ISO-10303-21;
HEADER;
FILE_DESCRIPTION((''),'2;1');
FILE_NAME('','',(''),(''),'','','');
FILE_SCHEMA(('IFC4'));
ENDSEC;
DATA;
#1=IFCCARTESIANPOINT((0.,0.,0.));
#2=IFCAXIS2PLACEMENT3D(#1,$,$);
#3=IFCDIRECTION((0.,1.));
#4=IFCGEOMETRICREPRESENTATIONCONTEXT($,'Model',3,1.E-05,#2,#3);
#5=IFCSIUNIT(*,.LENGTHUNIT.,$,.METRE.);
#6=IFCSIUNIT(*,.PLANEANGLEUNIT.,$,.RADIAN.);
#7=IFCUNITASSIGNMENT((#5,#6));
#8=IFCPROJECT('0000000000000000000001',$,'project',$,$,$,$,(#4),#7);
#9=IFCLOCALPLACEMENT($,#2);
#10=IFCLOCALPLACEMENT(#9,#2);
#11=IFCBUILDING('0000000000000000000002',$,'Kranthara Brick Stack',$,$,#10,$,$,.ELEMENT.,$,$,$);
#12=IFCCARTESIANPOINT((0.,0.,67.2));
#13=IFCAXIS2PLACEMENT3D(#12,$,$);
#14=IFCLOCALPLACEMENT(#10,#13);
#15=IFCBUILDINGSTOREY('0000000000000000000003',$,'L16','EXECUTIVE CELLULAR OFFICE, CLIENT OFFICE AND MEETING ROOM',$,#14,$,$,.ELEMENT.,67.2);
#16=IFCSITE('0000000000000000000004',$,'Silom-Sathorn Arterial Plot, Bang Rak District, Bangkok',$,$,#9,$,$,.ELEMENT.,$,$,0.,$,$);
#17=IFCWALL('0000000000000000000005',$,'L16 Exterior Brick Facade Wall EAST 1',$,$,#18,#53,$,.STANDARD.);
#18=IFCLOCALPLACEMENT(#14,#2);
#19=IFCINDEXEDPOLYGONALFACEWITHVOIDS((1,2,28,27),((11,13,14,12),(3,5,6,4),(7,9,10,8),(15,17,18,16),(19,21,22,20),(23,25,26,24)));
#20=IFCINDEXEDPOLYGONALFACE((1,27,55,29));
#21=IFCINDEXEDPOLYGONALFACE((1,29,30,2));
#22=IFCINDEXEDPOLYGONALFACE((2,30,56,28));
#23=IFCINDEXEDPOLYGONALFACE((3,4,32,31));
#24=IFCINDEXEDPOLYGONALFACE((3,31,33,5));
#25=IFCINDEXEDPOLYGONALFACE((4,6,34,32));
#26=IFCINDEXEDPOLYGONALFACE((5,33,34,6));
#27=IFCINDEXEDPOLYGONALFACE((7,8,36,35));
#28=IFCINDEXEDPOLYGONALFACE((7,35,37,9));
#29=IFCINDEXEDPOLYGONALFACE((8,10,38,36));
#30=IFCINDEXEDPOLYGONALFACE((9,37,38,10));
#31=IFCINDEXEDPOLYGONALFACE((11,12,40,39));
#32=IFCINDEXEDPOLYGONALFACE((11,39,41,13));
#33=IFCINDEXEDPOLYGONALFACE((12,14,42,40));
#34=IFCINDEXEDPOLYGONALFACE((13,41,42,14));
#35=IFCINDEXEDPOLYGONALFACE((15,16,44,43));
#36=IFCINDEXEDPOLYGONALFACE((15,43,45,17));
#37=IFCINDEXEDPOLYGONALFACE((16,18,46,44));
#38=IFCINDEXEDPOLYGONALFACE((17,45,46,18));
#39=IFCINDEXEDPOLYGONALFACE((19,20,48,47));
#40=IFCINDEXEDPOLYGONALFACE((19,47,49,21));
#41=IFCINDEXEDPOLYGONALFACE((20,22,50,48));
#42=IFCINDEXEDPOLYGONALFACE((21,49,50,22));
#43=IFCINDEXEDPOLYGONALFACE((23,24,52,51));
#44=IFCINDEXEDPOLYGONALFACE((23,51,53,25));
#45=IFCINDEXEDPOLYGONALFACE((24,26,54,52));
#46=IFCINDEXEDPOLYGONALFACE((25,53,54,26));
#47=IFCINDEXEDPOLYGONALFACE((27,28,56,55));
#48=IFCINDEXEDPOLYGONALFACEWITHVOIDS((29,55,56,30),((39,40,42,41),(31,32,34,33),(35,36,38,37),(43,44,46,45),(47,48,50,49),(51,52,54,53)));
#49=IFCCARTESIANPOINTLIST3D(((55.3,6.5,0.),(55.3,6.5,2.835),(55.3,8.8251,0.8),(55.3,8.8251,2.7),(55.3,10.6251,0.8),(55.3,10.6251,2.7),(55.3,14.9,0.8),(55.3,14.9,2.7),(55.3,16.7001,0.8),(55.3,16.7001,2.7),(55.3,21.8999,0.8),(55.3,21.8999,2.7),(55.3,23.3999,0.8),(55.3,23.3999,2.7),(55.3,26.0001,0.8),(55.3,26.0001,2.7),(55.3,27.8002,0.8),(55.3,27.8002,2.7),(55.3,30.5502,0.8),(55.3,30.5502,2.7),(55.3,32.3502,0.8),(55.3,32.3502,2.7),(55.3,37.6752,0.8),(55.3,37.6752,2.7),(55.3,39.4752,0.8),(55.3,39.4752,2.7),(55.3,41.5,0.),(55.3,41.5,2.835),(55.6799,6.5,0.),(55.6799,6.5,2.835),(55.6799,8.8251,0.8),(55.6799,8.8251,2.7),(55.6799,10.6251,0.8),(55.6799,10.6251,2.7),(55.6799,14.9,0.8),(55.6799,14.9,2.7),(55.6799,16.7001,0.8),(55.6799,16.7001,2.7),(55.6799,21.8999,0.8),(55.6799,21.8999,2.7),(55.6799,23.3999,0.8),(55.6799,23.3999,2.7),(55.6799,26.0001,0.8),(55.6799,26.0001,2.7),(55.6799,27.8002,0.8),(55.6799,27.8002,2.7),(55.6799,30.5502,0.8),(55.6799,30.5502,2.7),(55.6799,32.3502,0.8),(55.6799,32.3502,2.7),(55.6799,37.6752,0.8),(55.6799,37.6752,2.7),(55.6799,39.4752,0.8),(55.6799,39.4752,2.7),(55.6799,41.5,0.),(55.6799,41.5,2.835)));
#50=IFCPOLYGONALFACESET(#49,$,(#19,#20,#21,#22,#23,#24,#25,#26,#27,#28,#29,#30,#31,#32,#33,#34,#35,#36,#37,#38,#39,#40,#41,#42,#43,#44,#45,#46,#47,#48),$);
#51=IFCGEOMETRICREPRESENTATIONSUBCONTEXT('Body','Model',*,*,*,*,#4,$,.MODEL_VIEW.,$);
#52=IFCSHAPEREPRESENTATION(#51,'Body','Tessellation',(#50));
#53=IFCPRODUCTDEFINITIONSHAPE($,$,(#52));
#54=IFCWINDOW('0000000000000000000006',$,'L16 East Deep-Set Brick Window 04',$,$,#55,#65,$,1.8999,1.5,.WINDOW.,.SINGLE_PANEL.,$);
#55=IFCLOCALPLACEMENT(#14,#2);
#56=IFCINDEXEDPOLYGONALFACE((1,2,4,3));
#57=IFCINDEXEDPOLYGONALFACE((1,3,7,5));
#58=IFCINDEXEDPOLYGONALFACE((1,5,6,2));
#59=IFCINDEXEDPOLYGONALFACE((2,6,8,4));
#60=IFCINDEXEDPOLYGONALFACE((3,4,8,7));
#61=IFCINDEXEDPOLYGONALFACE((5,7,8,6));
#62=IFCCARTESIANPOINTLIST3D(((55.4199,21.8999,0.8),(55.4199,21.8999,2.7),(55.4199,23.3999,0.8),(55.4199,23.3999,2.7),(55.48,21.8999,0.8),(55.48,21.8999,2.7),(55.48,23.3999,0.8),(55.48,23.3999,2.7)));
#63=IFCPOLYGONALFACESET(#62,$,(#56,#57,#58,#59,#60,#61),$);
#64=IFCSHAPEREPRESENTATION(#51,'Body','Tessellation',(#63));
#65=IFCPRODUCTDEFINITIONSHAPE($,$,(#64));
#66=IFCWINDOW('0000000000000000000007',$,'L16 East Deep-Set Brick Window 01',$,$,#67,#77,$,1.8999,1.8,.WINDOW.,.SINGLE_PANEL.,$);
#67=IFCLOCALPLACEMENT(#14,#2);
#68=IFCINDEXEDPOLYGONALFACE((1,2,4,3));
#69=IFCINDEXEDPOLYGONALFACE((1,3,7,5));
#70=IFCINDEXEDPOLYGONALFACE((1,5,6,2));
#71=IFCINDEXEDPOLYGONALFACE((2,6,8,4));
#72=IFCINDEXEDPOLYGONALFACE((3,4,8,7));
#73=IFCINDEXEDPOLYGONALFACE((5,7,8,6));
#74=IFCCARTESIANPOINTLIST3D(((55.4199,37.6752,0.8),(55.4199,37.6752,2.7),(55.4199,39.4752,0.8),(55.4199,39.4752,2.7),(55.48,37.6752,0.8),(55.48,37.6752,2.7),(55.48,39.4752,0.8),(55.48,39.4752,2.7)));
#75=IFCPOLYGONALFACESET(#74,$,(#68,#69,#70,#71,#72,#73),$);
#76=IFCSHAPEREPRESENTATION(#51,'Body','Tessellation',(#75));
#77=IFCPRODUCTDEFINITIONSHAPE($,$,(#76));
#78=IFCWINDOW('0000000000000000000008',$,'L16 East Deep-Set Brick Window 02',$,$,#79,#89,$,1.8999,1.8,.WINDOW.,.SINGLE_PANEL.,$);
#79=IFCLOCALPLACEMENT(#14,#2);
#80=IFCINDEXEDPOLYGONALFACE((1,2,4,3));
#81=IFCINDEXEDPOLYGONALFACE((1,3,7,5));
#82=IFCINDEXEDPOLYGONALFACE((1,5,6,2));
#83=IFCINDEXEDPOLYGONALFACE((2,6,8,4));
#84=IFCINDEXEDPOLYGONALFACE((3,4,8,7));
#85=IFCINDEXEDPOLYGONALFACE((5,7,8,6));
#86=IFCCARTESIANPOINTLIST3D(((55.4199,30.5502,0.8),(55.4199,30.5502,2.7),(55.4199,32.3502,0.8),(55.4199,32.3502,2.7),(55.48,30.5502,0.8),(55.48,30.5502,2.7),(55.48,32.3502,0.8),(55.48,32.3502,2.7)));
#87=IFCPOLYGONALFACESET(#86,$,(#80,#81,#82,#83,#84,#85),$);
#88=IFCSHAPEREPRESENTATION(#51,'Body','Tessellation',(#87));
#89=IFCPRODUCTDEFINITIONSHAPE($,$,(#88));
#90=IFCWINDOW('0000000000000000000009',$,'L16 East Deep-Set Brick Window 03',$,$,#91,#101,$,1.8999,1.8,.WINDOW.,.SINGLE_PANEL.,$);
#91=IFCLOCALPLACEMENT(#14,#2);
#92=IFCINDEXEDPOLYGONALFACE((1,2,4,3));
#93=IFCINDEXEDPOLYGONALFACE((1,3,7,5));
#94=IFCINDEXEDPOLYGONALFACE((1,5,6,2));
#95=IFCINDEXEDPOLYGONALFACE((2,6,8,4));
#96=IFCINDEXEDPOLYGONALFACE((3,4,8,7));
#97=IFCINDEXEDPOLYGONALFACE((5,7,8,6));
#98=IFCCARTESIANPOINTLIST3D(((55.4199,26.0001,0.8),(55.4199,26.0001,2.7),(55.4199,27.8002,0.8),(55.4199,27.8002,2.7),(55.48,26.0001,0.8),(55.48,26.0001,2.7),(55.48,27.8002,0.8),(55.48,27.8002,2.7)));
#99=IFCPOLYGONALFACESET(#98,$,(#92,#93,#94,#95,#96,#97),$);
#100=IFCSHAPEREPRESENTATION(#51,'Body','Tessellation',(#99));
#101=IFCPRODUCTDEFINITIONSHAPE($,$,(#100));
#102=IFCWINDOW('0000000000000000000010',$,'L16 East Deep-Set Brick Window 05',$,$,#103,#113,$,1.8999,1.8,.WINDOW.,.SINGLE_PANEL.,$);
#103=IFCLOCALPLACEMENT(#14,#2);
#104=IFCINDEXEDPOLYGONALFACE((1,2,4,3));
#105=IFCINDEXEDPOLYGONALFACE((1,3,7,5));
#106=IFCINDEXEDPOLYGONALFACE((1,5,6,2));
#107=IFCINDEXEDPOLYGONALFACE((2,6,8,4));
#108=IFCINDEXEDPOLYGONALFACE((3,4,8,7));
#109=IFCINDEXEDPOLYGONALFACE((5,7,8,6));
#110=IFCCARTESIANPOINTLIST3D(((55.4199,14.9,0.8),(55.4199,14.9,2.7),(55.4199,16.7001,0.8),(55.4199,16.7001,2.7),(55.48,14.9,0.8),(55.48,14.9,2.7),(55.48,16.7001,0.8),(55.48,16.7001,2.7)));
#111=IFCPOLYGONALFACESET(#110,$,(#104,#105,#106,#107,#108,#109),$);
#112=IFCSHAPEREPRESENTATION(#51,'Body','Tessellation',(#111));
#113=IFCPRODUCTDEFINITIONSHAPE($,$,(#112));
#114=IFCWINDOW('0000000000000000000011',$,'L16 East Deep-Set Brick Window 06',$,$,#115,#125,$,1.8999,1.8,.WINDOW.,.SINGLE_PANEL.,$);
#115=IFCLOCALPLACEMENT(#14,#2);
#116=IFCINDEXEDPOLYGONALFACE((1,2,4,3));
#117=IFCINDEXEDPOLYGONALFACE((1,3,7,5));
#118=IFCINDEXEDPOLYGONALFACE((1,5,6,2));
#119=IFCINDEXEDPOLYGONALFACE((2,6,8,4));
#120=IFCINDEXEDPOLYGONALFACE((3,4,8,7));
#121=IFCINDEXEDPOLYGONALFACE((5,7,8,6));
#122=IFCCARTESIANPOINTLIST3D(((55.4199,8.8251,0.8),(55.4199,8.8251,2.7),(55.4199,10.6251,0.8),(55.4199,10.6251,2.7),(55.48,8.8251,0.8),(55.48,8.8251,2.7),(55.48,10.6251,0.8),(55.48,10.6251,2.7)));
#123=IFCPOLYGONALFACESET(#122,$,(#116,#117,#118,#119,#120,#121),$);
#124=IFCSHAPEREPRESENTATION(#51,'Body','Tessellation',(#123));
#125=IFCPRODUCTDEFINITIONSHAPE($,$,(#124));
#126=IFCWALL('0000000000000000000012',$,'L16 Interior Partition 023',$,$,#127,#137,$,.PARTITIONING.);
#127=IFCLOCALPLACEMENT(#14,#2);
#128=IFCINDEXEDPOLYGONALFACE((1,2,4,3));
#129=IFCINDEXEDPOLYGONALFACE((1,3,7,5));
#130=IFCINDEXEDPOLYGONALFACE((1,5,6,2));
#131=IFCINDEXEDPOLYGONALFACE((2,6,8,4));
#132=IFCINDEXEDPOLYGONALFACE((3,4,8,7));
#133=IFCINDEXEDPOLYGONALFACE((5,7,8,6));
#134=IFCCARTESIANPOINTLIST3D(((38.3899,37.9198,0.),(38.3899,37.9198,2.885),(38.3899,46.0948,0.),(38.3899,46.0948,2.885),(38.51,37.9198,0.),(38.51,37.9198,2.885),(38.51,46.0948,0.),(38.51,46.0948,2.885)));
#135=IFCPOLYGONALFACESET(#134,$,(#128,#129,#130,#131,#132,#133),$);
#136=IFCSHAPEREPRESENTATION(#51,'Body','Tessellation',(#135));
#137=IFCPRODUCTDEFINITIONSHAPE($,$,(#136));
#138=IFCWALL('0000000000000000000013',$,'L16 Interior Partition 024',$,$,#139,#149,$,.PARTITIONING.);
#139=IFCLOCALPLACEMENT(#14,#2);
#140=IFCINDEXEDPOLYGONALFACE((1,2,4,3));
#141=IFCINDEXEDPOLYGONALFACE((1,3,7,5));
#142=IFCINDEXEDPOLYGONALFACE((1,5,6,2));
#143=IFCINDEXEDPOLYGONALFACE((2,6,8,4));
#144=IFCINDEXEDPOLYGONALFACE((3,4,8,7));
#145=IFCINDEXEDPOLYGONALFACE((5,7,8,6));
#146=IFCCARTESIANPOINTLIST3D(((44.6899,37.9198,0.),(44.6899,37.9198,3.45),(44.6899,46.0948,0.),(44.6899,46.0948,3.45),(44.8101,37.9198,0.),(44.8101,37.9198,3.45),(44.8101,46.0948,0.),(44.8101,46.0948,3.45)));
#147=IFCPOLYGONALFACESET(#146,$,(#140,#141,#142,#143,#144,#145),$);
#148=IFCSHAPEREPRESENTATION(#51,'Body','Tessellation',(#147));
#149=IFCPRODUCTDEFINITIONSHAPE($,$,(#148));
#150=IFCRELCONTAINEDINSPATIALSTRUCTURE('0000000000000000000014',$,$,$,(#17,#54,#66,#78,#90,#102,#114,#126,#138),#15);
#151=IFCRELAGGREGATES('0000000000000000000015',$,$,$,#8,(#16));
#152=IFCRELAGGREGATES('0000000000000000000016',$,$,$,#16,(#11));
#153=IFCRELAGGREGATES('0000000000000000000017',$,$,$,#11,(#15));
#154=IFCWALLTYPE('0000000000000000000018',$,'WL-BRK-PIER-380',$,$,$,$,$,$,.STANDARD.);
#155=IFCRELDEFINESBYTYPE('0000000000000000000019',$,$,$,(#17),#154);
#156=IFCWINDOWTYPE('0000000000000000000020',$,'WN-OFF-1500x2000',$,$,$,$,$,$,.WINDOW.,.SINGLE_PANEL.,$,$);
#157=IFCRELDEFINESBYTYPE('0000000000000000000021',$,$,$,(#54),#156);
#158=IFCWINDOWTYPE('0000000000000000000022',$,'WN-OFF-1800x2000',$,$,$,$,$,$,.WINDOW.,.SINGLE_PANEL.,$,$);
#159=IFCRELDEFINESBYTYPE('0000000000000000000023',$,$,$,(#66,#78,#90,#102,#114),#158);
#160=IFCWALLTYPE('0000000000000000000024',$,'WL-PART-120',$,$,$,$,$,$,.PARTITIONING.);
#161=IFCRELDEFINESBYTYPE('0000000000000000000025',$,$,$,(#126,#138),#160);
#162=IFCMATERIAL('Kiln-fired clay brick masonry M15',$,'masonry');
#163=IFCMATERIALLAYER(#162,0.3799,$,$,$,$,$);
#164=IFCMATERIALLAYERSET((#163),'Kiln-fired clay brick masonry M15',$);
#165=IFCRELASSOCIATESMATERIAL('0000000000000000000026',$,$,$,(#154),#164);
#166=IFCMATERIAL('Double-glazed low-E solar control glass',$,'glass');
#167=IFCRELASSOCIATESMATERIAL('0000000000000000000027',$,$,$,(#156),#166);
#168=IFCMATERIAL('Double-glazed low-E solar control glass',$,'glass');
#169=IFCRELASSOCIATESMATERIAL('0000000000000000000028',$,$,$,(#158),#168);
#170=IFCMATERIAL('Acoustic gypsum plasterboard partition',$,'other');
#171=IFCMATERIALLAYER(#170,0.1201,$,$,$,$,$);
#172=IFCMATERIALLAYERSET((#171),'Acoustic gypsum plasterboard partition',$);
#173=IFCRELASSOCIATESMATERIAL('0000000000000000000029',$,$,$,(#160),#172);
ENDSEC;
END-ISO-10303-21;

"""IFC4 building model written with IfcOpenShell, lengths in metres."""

from ifc_helpers import new_model, si_unit, direction, frame, frame_2d, origin, place, context, subcontext, project, spatial, rectangle, extrude, material, layer, layer_set, type_object, element, fill, save


model = new_model("IFC4")

# Units and contexts
model_context = context("Model", 3, precision=1e-05, world=origin(), true_north=direction((0.0, 1.0)))
body_context = subcontext(model_context, "Body", "Model", "MODEL_VIEW")
ifc_project = project(units=[si_unit("LENGTHUNIT", "METRE"), si_unit("PLANEANGLEUNIT", "RADIAN")], contexts=[model_context])

# Site, building, storey
site_placement = place(None, origin())
site = spatial("IfcSite", under=ifc_project, at=site_placement, Name="Silom-Sathorn Arterial Plot, Bang Rak District, Bangkok", CompositionType="ELEMENT", RefElevation=0.0)
building_placement = place(site_placement, origin())
building = spatial("IfcBuilding", under=site, at=building_placement, Name="Kranthara Brick Stack", CompositionType="ELEMENT")
storey_placement = place(building_placement, frame((0.0, 0.0, 67.2)))
storey = spatial("IfcBuildingStorey", under=building, at=storey_placement, Name="L16", Description="EXECUTIVE CELLULAR OFFICE, CLIENT OFFICE AND MEETING ROOM", CompositionType="ELEMENT", Elevation=67.2)

# Shared definitions
ifc_material_1 = material(Name="Kiln-fired clay brick masonry M15", Category="masonry")
ifc_layer_1 = layer(ifc_material_1, 0.3799)
ifc_layer_set_1 = layer_set([ifc_layer_1], Name="Kiln-fired clay brick masonry M15")
wall_type_1 = type_object("IfcWallType", Name="WL-BRK-PIER-380", PredefinedType="STANDARD", material=ifc_layer_set_1)

# Wall, openings, windows
wall_1_placement = place(storey_placement, frame((55.49, 41.5, 0.0), z_axis=(0.0, 0.0, 1.0), x_axis=(0.0, -1.0, 0.0)))
wall_1 = element("IfcWall", 1, at=wall_1_placement, inside=storey, type_object=wall_type_1, Name="L16 Exterior Brick Facade Wall EAST 1", PredefinedType="STANDARD", context=body_context, shape_type="SweptSolid", body=[
    extrude(rectangle(XDim=35.0, YDim=0.3799, at=frame_2d((17.5, 0.0))), origin(), (0.0, 0.0, 1.0), 2.835),
])
opening_1_placement = place(wall_1_placement, frame((2.0249, 0.0, 0.8)))
opening_1 = element("IfcOpeningElement", 2, at=opening_1_placement, cuts=wall_1, PredefinedType="OPENING", context=body_context, shape_type="SweptSolid", body=[
    extrude(rectangle(XDim=1.8, YDim=1.8999, at=frame_2d((0.8999, 0.95))), frame((0.0, 0.2, 0.0), z_axis=(0.0, -1.0, 0.0), x_axis=(1.0, 0.0, 0.0)), (0.0, 0.0, 1.0), 0.3999),
])
opening_2_placement = place(wall_1_placement, frame((9.1499, 0.0, 0.8)))
opening_2 = element("IfcOpeningElement", 3, at=opening_2_placement, cuts=wall_1, PredefinedType="OPENING", context=body_context, shape_type="SweptSolid", body=[
    extrude(rectangle(XDim=1.8, YDim=1.8999, at=frame_2d((0.8999, 0.95))), frame((0.0, 0.2, 0.0), z_axis=(0.0, -1.0, 0.0), x_axis=(1.0, 0.0, 0.0)), (0.0, 0.0, 1.0), 0.3999),
])
opening_3_placement = place(wall_1_placement, frame((13.7, 0.0, 0.8)))
opening_3 = element("IfcOpeningElement", 4, at=opening_3_placement, cuts=wall_1, PredefinedType="OPENING", context=body_context, shape_type="SweptSolid", body=[
    extrude(rectangle(XDim=1.8, YDim=1.8999, at=frame_2d((0.8999, 0.95))), frame((0.0, 0.2, 0.0), z_axis=(0.0, -1.0, 0.0), x_axis=(1.0, 0.0, 0.0)), (0.0, 0.0, 1.0), 0.3999),
])
opening_4_placement = place(wall_1_placement, frame((18.1001, 0.0, 0.8)))
opening_4 = element("IfcOpeningElement", 5, at=opening_4_placement, cuts=wall_1, PredefinedType="OPENING", context=body_context, shape_type="SweptSolid", body=[
    extrude(rectangle(XDim=1.5, YDim=1.8999, at=frame_2d((0.75, 0.95))), frame((0.0, 0.2, 0.0), z_axis=(0.0, -1.0, 0.0), x_axis=(1.0, 0.0, 0.0)), (0.0, 0.0, 1.0), 0.3999),
])
opening_5_placement = place(wall_1_placement, frame((24.8, 0.0, 0.8)))
opening_5 = element("IfcOpeningElement", 6, at=opening_5_placement, cuts=wall_1, PredefinedType="OPENING", context=body_context, shape_type="SweptSolid", body=[
    extrude(rectangle(XDim=1.8, YDim=1.8999, at=frame_2d((0.8999, 0.95))), frame((0.0, 0.2, 0.0), z_axis=(0.0, -1.0, 0.0), x_axis=(1.0, 0.0, 0.0)), (0.0, 0.0, 1.0), 0.3999),
])
opening_6_placement = place(wall_1_placement, frame((30.875, 0.0, 0.8)))
opening_6 = element("IfcOpeningElement", 7, at=opening_6_placement, cuts=wall_1, PredefinedType="OPENING", context=body_context, shape_type="SweptSolid", body=[
    extrude(rectangle(XDim=1.8, YDim=1.8999, at=frame_2d((0.8999, 0.95))), frame((0.0, 0.2, 0.0), z_axis=(0.0, -1.0, 0.0), x_axis=(1.0, 0.0, 0.0)), (0.0, 0.0, 1.0), 0.3999),
])
ifc_material_2 = material(Name="Double-glazed low-E solar control glass", Category="glass")
window_type_1 = type_object("IfcWindowType", Name="WN-OFF-1500x2000", PartitioningType="SINGLE_PANEL", PredefinedType="WINDOW", material=ifc_material_2)
window_1_placement = place(opening_4_placement, origin())
window_1 = element("IfcWindow", 8, at=window_1_placement, inside=storey, type_object=window_type_1, Name="L16 East Deep-Set Brick Window 04", OverallHeight=1.8999, OverallWidth=1.5, PartitioningType="SINGLE_PANEL", PredefinedType="WINDOW", context=body_context, shape_type="SweptSolid", body=[
    extrude(rectangle(XDim=1.5, YDim=1.8999, at=frame_2d((0.75, 0.95))), frame((0.0, -0.01, 0.0), z_axis=(0.0, -1.0, 0.0), x_axis=(1.0, 0.0, 0.0)), (0.0, 0.0, 1.0), 0.0601),
])
fill(opening_4, window_1)
ifc_material_3 = material(Name="Double-glazed low-E solar control glass", Category="glass")
window_type_2 = type_object("IfcWindowType", Name="WN-OFF-1800x2000", PartitioningType="SINGLE_PANEL", PredefinedType="WINDOW", material=ifc_material_3)
window_2_placement = place(opening_1_placement, origin())
window_2 = element("IfcWindow", 9, at=window_2_placement, inside=storey, type_object=window_type_2, Name="L16 East Deep-Set Brick Window 01", OverallHeight=1.8999, OverallWidth=1.8, PartitioningType="SINGLE_PANEL", PredefinedType="WINDOW", context=body_context, shape_type="SweptSolid", body=[
    extrude(rectangle(XDim=1.8, YDim=1.8999, at=frame_2d((0.8999, 0.95))), frame((0.0, -0.01, 0.0), z_axis=(0.0, -1.0, 0.0), x_axis=(1.0, 0.0, 0.0)), (0.0, 0.0, 1.0), 0.0601),
])
fill(opening_1, window_2)
window_3_placement = place(opening_2_placement, origin())
window_3 = element("IfcWindow", 10, at=window_3_placement, inside=storey, type_object=window_type_2, Name="L16 East Deep-Set Brick Window 02", OverallHeight=1.8999, OverallWidth=1.8, PartitioningType="SINGLE_PANEL", PredefinedType="WINDOW", context=body_context, shape_type="SweptSolid", body=[
    extrude(rectangle(XDim=1.8, YDim=1.8999, at=frame_2d((0.8999, 0.95))), frame((0.0, -0.01, 0.0), z_axis=(0.0, -1.0, 0.0), x_axis=(1.0, 0.0, 0.0)), (0.0, 0.0, 1.0), 0.0601),
])
fill(opening_2, window_3)
window_4_placement = place(opening_3_placement, origin())
window_4 = element("IfcWindow", 11, at=window_4_placement, inside=storey, type_object=window_type_2, Name="L16 East Deep-Set Brick Window 03", OverallHeight=1.8999, OverallWidth=1.8, PartitioningType="SINGLE_PANEL", PredefinedType="WINDOW", context=body_context, shape_type="SweptSolid", body=[
    extrude(rectangle(XDim=1.8, YDim=1.8999, at=frame_2d((0.8999, 0.95))), frame((0.0, -0.01, 0.0), z_axis=(0.0, -1.0, 0.0), x_axis=(1.0, 0.0, 0.0)), (0.0, 0.0, 1.0), 0.0601),
])
fill(opening_3, window_4)
window_5_placement = place(opening_5_placement, origin())
window_5 = element("IfcWindow", 12, at=window_5_placement, inside=storey, type_object=window_type_2, Name="L16 East Deep-Set Brick Window 05", OverallHeight=1.8999, OverallWidth=1.8, PartitioningType="SINGLE_PANEL", PredefinedType="WINDOW", context=body_context, shape_type="SweptSolid", body=[
    extrude(rectangle(XDim=1.8, YDim=1.8999, at=frame_2d((0.8999, 0.95))), frame((0.0, -0.01, 0.0), z_axis=(0.0, -1.0, 0.0), x_axis=(1.0, 0.0, 0.0)), (0.0, 0.0, 1.0), 0.0601),
])
fill(opening_5, window_5)
window_6_placement = place(opening_6_placement, origin())
window_6 = element("IfcWindow", 13, at=window_6_placement, inside=storey, type_object=window_type_2, Name="L16 East Deep-Set Brick Window 06", OverallHeight=1.8999, OverallWidth=1.8, PartitioningType="SINGLE_PANEL", PredefinedType="WINDOW", context=body_context, shape_type="SweptSolid", body=[
    extrude(rectangle(XDim=1.8, YDim=1.8999, at=frame_2d((0.8999, 0.95))), frame((0.0, -0.01, 0.0), z_axis=(0.0, -1.0, 0.0), x_axis=(1.0, 0.0, 0.0)), (0.0, 0.0, 1.0), 0.0601),
])
fill(opening_6, window_6)

# Walls
ifc_material_4 = material(Name="Acoustic gypsum plasterboard partition", Category="other")
ifc_layer_2 = layer(ifc_material_4, 0.1201)
ifc_layer_set_2 = layer_set([ifc_layer_2], Name="Acoustic gypsum plasterboard partition")
wall_type_2 = type_object("IfcWallType", Name="WL-PART-120", PredefinedType="PARTITIONING", material=ifc_layer_set_2)
wall_2_placement = place(storey_placement, frame((38.45, 37.9199, 0.0), z_axis=(0.0, 0.0, 1.0), x_axis=(0.0, 1.0, 0.0)))
element("IfcWall", 14, at=wall_2_placement, inside=storey, type_object=wall_type_2, Name="L16 Interior Partition 023", PredefinedType="PARTITIONING", context=body_context, shape_type="SweptSolid", body=[
    extrude(rectangle(XDim=8.175, YDim=0.1201, at=frame_2d((4.0874, 0.0))), origin(), (0.0, 0.0, 1.0), 2.885),
])
wall_3_placement = place(storey_placement, frame((44.75, 37.9199, 0.0), z_axis=(0.0, 0.0, 1.0), x_axis=(0.0, 1.0, 0.0)))
element("IfcWall", 15, at=wall_3_placement, inside=storey, type_object=wall_type_2, Name="L16 Interior Partition 024", PredefinedType="PARTITIONING", context=body_context, shape_type="SweptSolid", body=[
    extrude(rectangle(XDim=8.175, YDim=0.1201, at=frame_2d((4.0874, 0.0))), origin(), (0.0, 0.0, 1.0), 3.45),
])

save(model, "model.ifc")
